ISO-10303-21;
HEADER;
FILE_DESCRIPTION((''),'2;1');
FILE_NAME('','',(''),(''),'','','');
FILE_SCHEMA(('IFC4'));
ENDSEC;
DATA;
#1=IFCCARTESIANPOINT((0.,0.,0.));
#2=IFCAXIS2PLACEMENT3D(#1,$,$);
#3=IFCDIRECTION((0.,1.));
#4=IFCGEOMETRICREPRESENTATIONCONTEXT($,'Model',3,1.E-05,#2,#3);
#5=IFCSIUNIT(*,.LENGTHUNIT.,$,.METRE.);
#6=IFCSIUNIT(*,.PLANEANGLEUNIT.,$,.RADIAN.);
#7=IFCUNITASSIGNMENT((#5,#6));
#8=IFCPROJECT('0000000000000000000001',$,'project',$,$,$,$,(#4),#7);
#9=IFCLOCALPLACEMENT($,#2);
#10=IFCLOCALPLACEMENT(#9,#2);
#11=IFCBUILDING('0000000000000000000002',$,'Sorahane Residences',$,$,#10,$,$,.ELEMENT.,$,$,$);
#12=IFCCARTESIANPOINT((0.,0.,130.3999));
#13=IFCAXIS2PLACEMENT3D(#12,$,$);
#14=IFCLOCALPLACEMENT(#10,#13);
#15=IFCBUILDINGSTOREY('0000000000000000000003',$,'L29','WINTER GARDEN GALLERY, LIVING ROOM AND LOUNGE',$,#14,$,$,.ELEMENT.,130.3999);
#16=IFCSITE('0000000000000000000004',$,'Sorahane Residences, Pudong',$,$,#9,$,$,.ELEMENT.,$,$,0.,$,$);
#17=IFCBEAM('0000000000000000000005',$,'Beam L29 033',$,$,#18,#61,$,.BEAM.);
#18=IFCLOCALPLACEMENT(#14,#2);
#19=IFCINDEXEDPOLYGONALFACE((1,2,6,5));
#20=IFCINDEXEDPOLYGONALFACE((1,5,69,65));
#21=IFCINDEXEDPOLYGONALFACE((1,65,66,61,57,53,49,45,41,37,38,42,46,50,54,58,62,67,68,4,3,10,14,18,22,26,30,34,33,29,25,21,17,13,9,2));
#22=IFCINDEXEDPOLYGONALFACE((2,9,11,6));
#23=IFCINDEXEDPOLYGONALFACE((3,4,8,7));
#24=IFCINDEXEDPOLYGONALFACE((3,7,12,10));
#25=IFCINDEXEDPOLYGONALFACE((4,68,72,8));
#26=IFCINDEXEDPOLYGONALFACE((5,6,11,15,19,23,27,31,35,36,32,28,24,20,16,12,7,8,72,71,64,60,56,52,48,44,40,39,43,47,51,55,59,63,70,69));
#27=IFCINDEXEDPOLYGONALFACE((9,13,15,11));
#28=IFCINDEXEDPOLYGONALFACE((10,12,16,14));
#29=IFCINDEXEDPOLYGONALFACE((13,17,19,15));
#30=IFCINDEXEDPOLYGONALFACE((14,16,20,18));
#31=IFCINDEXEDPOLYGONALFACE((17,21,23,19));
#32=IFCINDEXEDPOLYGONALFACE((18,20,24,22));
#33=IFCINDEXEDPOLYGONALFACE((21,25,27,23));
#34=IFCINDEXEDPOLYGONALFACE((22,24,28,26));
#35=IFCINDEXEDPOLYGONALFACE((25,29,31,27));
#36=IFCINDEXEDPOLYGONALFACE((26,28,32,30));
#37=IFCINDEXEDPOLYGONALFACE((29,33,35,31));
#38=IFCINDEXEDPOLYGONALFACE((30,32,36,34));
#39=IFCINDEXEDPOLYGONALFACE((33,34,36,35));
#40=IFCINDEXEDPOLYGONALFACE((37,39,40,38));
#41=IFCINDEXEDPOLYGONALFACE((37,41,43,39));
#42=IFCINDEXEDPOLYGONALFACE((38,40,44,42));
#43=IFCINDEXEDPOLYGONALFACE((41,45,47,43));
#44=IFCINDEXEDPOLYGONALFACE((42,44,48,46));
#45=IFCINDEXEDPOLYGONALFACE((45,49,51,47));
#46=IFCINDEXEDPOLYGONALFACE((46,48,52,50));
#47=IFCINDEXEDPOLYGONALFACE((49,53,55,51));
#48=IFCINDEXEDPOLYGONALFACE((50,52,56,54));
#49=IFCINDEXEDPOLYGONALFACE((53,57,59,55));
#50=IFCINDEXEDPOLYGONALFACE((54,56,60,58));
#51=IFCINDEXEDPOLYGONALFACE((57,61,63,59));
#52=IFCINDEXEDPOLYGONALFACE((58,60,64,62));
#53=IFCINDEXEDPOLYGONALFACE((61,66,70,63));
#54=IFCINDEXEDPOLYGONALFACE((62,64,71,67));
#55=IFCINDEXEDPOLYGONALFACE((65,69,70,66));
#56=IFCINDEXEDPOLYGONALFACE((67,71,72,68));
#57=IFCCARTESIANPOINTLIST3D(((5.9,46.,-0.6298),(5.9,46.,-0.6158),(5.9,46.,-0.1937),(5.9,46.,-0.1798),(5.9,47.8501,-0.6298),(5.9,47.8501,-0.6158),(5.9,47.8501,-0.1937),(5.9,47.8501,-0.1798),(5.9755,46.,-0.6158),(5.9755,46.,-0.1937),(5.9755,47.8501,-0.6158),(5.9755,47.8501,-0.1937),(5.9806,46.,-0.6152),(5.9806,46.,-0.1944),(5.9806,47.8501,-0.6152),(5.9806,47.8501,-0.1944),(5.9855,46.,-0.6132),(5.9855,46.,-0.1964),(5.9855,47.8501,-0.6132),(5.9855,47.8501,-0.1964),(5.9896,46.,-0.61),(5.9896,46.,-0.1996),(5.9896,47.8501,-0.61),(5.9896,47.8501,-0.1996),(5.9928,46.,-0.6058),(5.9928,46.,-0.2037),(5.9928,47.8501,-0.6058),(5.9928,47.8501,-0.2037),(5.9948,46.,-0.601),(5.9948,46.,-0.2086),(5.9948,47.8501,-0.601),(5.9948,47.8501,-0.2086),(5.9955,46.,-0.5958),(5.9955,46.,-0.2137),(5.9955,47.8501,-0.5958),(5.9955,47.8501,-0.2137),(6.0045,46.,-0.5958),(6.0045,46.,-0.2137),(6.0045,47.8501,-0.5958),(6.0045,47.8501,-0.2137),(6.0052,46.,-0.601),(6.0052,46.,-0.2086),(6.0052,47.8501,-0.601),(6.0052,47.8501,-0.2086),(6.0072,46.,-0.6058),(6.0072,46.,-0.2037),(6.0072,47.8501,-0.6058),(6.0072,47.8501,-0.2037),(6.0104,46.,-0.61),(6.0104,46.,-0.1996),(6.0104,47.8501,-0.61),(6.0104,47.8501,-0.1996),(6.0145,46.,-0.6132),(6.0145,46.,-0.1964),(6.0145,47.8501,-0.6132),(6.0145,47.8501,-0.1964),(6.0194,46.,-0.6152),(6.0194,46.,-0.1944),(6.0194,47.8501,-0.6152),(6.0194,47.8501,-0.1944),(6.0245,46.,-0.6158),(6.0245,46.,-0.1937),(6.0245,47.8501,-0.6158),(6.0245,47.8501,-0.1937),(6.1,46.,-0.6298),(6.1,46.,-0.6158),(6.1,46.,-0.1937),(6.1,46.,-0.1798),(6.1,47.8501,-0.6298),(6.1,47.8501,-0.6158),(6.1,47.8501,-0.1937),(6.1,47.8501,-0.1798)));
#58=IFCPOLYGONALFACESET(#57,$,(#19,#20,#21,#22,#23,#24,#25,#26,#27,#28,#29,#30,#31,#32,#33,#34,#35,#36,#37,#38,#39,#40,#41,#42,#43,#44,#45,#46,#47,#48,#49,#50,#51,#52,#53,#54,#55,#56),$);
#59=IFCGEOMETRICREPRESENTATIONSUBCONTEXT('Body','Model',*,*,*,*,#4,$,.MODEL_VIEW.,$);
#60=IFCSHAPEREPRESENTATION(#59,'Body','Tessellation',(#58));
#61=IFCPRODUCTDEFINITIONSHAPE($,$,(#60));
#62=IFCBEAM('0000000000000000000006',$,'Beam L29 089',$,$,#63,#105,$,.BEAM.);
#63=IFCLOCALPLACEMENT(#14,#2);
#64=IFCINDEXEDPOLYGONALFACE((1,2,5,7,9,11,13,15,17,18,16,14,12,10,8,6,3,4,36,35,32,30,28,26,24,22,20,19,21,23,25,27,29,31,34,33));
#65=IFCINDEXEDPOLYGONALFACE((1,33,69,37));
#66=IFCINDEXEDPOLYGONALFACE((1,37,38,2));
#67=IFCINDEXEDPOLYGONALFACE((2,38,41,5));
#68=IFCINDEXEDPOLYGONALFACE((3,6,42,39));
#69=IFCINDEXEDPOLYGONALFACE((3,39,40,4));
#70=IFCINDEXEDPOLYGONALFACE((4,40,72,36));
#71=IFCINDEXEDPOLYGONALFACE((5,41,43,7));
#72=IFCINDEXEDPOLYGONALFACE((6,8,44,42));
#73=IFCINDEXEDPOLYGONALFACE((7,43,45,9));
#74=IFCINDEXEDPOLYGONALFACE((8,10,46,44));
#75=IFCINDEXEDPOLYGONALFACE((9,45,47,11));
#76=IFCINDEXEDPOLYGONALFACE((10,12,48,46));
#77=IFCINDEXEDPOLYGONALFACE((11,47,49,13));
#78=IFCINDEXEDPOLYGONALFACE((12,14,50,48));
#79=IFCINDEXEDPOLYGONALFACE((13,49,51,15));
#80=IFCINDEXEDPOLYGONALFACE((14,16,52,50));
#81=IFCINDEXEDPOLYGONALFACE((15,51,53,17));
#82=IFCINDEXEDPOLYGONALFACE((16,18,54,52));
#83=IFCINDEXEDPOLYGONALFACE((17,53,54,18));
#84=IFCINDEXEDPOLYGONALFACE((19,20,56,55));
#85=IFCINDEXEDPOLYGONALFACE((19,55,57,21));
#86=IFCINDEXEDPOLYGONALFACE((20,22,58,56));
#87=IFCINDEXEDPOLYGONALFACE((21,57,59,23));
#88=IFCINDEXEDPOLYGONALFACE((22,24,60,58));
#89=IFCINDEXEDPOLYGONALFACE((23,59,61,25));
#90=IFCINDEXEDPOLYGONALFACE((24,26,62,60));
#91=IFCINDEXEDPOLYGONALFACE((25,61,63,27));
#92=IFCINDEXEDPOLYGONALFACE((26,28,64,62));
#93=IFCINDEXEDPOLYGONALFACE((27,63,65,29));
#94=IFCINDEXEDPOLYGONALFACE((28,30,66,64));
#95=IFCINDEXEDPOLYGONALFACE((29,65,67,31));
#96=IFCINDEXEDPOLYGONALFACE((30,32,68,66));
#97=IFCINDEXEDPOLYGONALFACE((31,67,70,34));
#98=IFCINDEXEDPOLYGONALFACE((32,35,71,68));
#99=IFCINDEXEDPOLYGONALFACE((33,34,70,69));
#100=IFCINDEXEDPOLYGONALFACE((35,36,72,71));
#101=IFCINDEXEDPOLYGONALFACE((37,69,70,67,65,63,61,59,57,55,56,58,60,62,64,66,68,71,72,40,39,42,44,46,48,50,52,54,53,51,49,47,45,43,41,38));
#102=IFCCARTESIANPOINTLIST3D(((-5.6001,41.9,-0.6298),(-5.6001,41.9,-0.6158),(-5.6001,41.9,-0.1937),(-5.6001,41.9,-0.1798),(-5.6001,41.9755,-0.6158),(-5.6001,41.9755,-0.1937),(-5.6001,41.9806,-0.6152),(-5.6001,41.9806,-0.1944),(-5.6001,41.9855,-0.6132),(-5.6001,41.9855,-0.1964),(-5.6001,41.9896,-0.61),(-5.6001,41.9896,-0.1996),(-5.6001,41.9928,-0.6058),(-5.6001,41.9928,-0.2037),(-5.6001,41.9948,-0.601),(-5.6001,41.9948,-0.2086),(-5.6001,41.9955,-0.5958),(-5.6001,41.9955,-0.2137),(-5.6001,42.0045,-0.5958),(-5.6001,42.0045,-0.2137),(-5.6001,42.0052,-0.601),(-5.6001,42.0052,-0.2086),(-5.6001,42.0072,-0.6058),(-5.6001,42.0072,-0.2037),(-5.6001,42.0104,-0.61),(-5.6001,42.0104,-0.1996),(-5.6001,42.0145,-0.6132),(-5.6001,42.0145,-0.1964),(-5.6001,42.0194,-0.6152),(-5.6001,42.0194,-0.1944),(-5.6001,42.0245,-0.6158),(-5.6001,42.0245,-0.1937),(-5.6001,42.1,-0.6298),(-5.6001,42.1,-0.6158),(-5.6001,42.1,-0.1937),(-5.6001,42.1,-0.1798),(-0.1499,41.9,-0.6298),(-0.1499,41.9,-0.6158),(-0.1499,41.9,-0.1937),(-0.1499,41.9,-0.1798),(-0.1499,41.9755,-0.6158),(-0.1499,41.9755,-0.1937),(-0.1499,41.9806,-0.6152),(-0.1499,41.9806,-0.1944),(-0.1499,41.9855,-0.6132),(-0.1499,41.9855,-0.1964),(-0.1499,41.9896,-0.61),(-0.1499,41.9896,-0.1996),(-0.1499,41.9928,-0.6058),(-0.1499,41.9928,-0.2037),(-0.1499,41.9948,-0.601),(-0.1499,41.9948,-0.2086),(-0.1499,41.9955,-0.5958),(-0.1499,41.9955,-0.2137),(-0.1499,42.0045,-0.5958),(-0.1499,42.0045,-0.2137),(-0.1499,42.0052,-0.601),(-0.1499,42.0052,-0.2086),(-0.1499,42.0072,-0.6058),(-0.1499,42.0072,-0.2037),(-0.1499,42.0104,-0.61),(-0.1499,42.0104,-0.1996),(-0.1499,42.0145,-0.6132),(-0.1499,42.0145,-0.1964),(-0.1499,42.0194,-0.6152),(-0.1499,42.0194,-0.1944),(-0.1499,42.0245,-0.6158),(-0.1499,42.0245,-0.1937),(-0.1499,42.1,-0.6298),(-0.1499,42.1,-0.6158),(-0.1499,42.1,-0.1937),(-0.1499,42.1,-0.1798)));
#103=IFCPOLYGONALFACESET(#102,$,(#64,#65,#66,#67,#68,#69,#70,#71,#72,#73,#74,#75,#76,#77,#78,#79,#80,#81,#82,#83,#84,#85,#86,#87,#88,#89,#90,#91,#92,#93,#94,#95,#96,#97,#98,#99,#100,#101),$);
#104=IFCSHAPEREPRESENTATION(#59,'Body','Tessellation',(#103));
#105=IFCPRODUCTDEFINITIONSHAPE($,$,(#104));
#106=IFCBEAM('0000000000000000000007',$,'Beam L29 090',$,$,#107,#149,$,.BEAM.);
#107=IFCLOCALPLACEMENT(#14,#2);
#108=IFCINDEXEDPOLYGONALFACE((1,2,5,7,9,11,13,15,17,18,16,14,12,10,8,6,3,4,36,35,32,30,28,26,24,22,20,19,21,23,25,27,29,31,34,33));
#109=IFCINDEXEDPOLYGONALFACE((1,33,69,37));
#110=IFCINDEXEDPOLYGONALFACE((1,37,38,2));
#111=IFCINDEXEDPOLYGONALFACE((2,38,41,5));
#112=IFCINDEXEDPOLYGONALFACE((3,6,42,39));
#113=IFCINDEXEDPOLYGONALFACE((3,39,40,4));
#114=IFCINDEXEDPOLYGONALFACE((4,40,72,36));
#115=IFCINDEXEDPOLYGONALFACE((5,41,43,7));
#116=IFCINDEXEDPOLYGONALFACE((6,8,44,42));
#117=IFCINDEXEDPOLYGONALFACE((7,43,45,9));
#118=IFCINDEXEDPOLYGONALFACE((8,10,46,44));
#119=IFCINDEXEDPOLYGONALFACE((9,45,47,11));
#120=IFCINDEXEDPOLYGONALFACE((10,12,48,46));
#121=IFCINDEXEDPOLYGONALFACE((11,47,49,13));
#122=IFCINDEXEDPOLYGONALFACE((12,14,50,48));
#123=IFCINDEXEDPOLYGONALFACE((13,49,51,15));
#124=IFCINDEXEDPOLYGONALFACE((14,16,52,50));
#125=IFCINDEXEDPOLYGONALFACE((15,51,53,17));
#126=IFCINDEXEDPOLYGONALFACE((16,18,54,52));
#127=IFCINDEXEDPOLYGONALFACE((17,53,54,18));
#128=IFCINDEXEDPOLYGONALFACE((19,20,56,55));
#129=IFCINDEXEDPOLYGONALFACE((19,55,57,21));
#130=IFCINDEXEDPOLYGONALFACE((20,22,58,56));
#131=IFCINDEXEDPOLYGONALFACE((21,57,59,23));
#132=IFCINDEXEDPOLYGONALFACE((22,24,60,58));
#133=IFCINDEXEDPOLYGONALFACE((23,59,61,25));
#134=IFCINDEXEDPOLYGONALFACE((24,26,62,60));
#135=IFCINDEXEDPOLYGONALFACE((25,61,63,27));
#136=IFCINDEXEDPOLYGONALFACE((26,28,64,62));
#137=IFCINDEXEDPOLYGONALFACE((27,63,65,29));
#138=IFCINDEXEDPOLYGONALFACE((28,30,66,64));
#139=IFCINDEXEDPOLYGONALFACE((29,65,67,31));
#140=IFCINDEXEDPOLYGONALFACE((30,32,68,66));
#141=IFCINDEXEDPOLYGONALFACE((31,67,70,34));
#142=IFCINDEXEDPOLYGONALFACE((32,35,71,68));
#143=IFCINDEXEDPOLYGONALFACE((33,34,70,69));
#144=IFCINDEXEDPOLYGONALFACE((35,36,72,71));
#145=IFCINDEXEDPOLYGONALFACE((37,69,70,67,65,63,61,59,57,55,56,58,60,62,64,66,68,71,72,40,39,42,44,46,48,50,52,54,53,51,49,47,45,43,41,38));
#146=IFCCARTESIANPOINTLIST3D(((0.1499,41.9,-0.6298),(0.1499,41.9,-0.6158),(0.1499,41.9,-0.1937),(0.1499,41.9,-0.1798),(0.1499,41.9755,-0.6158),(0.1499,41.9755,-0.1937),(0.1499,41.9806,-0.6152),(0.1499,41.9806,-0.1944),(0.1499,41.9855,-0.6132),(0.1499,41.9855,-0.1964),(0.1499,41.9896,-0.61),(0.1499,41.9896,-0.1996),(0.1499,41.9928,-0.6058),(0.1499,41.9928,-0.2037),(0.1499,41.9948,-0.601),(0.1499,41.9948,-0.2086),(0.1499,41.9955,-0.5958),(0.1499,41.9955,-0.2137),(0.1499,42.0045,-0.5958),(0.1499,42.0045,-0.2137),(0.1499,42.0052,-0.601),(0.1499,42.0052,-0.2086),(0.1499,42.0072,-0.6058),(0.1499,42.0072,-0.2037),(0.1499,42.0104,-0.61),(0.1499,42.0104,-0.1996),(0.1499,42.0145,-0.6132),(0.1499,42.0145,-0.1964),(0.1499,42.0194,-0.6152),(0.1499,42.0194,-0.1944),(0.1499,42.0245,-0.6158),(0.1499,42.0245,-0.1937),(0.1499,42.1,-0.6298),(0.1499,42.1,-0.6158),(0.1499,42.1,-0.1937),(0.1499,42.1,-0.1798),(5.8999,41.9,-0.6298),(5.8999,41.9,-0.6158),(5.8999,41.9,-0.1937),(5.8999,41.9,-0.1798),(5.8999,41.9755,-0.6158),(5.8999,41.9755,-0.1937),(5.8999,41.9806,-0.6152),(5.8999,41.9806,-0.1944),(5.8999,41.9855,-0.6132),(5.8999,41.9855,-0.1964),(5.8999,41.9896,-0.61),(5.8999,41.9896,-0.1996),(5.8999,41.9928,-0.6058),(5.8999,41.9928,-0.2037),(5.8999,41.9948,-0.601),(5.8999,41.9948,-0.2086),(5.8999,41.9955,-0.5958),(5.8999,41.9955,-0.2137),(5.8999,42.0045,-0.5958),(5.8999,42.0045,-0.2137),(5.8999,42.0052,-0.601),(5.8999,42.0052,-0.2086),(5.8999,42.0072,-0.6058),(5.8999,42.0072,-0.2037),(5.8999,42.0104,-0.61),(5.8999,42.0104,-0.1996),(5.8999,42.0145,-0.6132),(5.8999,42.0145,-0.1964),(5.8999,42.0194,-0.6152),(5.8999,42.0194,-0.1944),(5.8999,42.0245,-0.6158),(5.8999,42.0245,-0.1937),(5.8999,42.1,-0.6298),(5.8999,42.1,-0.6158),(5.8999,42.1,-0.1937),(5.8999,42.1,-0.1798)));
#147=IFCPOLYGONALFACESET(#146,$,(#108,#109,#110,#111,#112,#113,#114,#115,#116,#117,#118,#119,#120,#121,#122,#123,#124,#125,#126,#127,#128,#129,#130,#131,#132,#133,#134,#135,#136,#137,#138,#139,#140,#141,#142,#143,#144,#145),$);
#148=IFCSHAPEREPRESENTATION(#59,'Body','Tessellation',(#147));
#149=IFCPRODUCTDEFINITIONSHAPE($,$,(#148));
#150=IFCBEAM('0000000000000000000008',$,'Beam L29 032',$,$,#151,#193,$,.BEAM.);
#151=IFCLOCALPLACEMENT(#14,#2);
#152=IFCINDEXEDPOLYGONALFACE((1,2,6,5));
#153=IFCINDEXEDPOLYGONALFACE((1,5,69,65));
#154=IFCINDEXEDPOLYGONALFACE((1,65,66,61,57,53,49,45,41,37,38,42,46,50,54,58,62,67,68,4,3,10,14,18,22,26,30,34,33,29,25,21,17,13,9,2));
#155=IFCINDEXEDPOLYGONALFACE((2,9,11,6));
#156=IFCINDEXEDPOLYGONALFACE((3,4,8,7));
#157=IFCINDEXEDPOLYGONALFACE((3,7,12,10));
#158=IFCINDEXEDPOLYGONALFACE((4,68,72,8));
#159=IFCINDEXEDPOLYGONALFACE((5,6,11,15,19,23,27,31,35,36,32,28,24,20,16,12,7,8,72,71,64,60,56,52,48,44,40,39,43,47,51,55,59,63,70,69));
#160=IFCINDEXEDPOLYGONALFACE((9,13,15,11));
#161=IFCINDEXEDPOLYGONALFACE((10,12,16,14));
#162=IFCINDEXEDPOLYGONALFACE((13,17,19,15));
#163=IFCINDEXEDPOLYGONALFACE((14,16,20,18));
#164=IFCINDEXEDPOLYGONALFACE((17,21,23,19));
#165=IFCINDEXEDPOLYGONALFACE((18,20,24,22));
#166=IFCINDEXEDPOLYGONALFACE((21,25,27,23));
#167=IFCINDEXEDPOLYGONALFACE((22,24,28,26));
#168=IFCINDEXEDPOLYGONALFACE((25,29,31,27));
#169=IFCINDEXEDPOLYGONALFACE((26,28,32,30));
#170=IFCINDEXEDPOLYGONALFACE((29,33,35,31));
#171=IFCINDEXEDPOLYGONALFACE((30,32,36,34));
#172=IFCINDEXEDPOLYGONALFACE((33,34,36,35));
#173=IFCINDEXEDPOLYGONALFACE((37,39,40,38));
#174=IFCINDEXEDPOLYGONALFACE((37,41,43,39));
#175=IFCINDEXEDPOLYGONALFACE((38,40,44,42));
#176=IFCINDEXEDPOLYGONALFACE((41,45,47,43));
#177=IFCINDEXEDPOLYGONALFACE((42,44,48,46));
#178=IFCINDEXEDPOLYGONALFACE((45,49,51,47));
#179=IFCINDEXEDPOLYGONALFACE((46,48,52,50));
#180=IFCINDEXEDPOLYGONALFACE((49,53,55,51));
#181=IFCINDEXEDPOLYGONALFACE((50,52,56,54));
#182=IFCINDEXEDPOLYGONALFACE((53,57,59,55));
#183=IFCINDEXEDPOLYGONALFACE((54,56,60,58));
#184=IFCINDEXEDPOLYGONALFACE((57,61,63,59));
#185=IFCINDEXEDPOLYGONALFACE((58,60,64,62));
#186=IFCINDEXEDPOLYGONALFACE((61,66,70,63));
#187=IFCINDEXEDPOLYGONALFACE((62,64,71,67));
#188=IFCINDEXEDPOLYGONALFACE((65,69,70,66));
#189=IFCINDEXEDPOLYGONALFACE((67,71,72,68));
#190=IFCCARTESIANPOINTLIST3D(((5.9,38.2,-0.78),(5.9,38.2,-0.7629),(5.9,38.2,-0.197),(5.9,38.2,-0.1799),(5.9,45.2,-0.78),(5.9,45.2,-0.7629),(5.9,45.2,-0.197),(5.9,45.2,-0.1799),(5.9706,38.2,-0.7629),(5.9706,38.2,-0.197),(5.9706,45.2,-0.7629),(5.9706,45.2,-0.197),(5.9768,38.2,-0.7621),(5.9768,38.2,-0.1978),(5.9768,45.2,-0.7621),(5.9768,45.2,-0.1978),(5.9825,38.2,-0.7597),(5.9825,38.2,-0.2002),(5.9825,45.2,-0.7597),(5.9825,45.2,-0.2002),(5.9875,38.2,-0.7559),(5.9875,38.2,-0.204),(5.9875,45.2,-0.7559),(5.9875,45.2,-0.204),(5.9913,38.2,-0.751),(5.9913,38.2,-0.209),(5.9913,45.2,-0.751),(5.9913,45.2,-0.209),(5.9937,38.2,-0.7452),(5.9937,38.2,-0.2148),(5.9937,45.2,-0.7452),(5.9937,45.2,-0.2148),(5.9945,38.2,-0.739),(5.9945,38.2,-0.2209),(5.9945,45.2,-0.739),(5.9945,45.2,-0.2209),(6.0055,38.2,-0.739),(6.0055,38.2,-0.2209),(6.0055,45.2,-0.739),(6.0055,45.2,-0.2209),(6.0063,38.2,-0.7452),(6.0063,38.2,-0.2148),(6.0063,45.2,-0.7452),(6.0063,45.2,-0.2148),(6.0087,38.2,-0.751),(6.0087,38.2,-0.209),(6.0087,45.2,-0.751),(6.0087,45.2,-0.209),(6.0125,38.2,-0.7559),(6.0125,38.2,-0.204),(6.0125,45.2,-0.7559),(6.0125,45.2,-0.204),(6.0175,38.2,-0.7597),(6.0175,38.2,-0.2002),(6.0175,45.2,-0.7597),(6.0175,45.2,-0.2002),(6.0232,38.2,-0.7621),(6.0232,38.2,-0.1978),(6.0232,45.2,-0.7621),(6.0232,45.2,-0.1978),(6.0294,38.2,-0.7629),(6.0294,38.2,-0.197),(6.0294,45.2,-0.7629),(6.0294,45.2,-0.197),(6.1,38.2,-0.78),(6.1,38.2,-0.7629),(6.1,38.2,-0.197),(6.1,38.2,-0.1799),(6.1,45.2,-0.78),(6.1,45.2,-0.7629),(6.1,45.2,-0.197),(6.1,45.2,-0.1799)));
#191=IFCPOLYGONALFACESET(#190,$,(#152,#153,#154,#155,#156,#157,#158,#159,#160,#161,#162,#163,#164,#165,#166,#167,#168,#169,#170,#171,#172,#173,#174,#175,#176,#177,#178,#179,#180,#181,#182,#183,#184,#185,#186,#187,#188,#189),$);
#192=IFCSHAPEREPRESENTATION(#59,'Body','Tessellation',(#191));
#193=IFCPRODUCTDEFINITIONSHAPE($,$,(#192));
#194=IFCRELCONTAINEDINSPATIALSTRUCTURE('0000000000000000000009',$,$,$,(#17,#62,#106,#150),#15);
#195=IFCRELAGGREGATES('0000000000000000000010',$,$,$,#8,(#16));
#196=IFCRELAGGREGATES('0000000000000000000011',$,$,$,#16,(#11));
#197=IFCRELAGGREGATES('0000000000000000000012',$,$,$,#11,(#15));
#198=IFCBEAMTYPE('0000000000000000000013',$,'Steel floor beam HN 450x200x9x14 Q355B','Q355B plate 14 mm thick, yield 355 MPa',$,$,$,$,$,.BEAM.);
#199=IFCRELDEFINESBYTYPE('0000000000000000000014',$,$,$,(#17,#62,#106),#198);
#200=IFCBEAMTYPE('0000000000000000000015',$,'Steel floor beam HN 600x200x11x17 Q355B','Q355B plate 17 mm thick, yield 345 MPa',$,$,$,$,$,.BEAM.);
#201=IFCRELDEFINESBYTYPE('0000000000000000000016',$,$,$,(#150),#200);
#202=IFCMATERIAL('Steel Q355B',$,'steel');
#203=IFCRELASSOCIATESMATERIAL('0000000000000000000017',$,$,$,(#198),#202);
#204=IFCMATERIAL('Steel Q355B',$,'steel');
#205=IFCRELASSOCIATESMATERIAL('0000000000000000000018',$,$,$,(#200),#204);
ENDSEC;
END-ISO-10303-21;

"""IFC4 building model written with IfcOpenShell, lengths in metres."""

from ifc_helpers import new_model, si_unit, direction, frame, origin, origin_2d, place, context, subcontext, project, spatial, i_section, extrude, material, material_profile, profile_set, type_object, element, save


model = new_model("IFC4")

# Units and contexts
model_context = context("Model", 3, precision=1e-05, world=origin(), true_north=direction((0.0, 1.0)))
body_context = subcontext(model_context, "Body", "Model", "MODEL_VIEW")
ifc_project = project(units=[si_unit("LENGTHUNIT", "METRE"), si_unit("PLANEANGLEUNIT", "RADIAN")], contexts=[model_context])

# Site, building, storey
site_placement = place(None, origin())
site = spatial("IfcSite", under=ifc_project, at=site_placement, Name="Sorahane Residences, Pudong", CompositionType="ELEMENT", RefElevation=0.0)
building_placement = place(site_placement, origin())
building = spatial("IfcBuilding", under=site, at=building_placement, Name="Sorahane Residences", CompositionType="ELEMENT")
storey_placement = place(building_placement, frame((0.0, 0.0, 130.3999)))
storey = spatial("IfcBuildingStorey", under=building, at=storey_placement, Name="L29", Description="WINTER GARDEN GALLERY, LIVING ROOM AND LOUNGE", CompositionType="ELEMENT", Elevation=130.3999)

# Beams
ifc_material_1 = material(Name="Steel Q355B", Category="steel")
ifc_material_profile_1 = material_profile(ifc_material_1, i_section(OverallWidth=0.2, OverallDepth=0.45, WebThickness=0.009, FlangeThickness=0.0139, FilletRadius=0.02, at=origin_2d()), Name="HN 450x200x9x14")
ifc_profile_set_1 = profile_set([ifc_material_profile_1], Name="Steel Q355B")
beam_type_1 = type_object("IfcBeamType", Name="Steel floor beam HN 450x200x9x14 Q355B", Description="Q355B plate 14 mm thick, yield 355 MPa", PredefinedType="BEAM", material=ifc_profile_set_1)
beam_1_placement = place(storey_placement, frame((6.0, 46.0, -0.4048), z_axis=(0.0, 1.0, 0.0), x_axis=(-1.0, 0.0, 0.0)))
element("IfcBeam", 1, at=beam_1_placement, inside=storey, type_object=beam_type_1, Name="Beam L29 033", PredefinedType="BEAM", context=body_context, shape_type="SweptSolid", body=[
    extrude(i_section(OverallWidth=0.2, OverallDepth=0.45, WebThickness=0.009, FlangeThickness=0.0139, FilletRadius=0.02, at=origin_2d()), origin(), (0.0, 0.0, 1.0), 1.8501),
])
beam_2_placement = place(storey_placement, frame((-5.6001, 42.0, -0.4048), z_axis=(1.0, 0.0, 0.0), x_axis=(0.0, 1.0, 0.0)))
element("IfcBeam", 2, at=beam_2_placement, inside=storey, type_object=beam_type_1, Name="Beam L29 089", PredefinedType="BEAM", context=body_context, shape_type="SweptSolid", body=[
    extrude(i_section(OverallWidth=0.2, OverallDepth=0.45, WebThickness=0.009, FlangeThickness=0.0139, FilletRadius=0.02, at=origin_2d()), origin(), (0.0, 0.0, 1.0), 5.4502),
])
beam_3_placement = place(storey_placement, frame((0.1499, 42.0, -0.4048), z_axis=(1.0, 0.0, 0.0), x_axis=(0.0, 1.0, 0.0)))
element("IfcBeam", 3, at=beam_3_placement, inside=storey, type_object=beam_type_1, Name="Beam L29 090", PredefinedType="BEAM", context=body_context, shape_type="SweptSolid", body=[
    extrude(i_section(OverallWidth=0.2, OverallDepth=0.45, WebThickness=0.009, FlangeThickness=0.0139, FilletRadius=0.02, at=origin_2d()), origin(), (0.0, 0.0, 1.0), 5.75),
])
ifc_material_2 = material(Name="Steel Q355B", Category="steel")
ifc_material_profile_2 = material_profile(ifc_material_2, i_section(OverallWidth=0.2, OverallDepth=0.6001, WebThickness=0.011, FlangeThickness=0.0171, FilletRadius=0.0239, at=origin_2d()), Name="HN 600x200x11x17")
ifc_profile_set_2 = profile_set([ifc_material_profile_2], Name="Steel Q355B")
beam_type_2 = type_object("IfcBeamType", Name="Steel floor beam HN 600x200x11x17 Q355B", Description="Q355B plate 17 mm thick, yield 345 MPa", PredefinedType="BEAM", material=ifc_profile_set_2)
beam_4_placement = place(storey_placement, frame((6.0, 38.2, -0.48), z_axis=(0.0, 1.0, 0.0), x_axis=(-1.0, 0.0, 0.0)))
element("IfcBeam", 4, at=beam_4_placement, inside=storey, type_object=beam_type_2, Name="Beam L29 032", PredefinedType="BEAM", context=body_context, shape_type="SweptSolid", body=[
    extrude(i_section(OverallWidth=0.2, OverallDepth=0.6001, WebThickness=0.011, FlangeThickness=0.0171, FilletRadius=0.0239, at=origin_2d()), origin(), (0.0, 0.0, 1.0), 7.0),
])

save(model, "model.ifc")
